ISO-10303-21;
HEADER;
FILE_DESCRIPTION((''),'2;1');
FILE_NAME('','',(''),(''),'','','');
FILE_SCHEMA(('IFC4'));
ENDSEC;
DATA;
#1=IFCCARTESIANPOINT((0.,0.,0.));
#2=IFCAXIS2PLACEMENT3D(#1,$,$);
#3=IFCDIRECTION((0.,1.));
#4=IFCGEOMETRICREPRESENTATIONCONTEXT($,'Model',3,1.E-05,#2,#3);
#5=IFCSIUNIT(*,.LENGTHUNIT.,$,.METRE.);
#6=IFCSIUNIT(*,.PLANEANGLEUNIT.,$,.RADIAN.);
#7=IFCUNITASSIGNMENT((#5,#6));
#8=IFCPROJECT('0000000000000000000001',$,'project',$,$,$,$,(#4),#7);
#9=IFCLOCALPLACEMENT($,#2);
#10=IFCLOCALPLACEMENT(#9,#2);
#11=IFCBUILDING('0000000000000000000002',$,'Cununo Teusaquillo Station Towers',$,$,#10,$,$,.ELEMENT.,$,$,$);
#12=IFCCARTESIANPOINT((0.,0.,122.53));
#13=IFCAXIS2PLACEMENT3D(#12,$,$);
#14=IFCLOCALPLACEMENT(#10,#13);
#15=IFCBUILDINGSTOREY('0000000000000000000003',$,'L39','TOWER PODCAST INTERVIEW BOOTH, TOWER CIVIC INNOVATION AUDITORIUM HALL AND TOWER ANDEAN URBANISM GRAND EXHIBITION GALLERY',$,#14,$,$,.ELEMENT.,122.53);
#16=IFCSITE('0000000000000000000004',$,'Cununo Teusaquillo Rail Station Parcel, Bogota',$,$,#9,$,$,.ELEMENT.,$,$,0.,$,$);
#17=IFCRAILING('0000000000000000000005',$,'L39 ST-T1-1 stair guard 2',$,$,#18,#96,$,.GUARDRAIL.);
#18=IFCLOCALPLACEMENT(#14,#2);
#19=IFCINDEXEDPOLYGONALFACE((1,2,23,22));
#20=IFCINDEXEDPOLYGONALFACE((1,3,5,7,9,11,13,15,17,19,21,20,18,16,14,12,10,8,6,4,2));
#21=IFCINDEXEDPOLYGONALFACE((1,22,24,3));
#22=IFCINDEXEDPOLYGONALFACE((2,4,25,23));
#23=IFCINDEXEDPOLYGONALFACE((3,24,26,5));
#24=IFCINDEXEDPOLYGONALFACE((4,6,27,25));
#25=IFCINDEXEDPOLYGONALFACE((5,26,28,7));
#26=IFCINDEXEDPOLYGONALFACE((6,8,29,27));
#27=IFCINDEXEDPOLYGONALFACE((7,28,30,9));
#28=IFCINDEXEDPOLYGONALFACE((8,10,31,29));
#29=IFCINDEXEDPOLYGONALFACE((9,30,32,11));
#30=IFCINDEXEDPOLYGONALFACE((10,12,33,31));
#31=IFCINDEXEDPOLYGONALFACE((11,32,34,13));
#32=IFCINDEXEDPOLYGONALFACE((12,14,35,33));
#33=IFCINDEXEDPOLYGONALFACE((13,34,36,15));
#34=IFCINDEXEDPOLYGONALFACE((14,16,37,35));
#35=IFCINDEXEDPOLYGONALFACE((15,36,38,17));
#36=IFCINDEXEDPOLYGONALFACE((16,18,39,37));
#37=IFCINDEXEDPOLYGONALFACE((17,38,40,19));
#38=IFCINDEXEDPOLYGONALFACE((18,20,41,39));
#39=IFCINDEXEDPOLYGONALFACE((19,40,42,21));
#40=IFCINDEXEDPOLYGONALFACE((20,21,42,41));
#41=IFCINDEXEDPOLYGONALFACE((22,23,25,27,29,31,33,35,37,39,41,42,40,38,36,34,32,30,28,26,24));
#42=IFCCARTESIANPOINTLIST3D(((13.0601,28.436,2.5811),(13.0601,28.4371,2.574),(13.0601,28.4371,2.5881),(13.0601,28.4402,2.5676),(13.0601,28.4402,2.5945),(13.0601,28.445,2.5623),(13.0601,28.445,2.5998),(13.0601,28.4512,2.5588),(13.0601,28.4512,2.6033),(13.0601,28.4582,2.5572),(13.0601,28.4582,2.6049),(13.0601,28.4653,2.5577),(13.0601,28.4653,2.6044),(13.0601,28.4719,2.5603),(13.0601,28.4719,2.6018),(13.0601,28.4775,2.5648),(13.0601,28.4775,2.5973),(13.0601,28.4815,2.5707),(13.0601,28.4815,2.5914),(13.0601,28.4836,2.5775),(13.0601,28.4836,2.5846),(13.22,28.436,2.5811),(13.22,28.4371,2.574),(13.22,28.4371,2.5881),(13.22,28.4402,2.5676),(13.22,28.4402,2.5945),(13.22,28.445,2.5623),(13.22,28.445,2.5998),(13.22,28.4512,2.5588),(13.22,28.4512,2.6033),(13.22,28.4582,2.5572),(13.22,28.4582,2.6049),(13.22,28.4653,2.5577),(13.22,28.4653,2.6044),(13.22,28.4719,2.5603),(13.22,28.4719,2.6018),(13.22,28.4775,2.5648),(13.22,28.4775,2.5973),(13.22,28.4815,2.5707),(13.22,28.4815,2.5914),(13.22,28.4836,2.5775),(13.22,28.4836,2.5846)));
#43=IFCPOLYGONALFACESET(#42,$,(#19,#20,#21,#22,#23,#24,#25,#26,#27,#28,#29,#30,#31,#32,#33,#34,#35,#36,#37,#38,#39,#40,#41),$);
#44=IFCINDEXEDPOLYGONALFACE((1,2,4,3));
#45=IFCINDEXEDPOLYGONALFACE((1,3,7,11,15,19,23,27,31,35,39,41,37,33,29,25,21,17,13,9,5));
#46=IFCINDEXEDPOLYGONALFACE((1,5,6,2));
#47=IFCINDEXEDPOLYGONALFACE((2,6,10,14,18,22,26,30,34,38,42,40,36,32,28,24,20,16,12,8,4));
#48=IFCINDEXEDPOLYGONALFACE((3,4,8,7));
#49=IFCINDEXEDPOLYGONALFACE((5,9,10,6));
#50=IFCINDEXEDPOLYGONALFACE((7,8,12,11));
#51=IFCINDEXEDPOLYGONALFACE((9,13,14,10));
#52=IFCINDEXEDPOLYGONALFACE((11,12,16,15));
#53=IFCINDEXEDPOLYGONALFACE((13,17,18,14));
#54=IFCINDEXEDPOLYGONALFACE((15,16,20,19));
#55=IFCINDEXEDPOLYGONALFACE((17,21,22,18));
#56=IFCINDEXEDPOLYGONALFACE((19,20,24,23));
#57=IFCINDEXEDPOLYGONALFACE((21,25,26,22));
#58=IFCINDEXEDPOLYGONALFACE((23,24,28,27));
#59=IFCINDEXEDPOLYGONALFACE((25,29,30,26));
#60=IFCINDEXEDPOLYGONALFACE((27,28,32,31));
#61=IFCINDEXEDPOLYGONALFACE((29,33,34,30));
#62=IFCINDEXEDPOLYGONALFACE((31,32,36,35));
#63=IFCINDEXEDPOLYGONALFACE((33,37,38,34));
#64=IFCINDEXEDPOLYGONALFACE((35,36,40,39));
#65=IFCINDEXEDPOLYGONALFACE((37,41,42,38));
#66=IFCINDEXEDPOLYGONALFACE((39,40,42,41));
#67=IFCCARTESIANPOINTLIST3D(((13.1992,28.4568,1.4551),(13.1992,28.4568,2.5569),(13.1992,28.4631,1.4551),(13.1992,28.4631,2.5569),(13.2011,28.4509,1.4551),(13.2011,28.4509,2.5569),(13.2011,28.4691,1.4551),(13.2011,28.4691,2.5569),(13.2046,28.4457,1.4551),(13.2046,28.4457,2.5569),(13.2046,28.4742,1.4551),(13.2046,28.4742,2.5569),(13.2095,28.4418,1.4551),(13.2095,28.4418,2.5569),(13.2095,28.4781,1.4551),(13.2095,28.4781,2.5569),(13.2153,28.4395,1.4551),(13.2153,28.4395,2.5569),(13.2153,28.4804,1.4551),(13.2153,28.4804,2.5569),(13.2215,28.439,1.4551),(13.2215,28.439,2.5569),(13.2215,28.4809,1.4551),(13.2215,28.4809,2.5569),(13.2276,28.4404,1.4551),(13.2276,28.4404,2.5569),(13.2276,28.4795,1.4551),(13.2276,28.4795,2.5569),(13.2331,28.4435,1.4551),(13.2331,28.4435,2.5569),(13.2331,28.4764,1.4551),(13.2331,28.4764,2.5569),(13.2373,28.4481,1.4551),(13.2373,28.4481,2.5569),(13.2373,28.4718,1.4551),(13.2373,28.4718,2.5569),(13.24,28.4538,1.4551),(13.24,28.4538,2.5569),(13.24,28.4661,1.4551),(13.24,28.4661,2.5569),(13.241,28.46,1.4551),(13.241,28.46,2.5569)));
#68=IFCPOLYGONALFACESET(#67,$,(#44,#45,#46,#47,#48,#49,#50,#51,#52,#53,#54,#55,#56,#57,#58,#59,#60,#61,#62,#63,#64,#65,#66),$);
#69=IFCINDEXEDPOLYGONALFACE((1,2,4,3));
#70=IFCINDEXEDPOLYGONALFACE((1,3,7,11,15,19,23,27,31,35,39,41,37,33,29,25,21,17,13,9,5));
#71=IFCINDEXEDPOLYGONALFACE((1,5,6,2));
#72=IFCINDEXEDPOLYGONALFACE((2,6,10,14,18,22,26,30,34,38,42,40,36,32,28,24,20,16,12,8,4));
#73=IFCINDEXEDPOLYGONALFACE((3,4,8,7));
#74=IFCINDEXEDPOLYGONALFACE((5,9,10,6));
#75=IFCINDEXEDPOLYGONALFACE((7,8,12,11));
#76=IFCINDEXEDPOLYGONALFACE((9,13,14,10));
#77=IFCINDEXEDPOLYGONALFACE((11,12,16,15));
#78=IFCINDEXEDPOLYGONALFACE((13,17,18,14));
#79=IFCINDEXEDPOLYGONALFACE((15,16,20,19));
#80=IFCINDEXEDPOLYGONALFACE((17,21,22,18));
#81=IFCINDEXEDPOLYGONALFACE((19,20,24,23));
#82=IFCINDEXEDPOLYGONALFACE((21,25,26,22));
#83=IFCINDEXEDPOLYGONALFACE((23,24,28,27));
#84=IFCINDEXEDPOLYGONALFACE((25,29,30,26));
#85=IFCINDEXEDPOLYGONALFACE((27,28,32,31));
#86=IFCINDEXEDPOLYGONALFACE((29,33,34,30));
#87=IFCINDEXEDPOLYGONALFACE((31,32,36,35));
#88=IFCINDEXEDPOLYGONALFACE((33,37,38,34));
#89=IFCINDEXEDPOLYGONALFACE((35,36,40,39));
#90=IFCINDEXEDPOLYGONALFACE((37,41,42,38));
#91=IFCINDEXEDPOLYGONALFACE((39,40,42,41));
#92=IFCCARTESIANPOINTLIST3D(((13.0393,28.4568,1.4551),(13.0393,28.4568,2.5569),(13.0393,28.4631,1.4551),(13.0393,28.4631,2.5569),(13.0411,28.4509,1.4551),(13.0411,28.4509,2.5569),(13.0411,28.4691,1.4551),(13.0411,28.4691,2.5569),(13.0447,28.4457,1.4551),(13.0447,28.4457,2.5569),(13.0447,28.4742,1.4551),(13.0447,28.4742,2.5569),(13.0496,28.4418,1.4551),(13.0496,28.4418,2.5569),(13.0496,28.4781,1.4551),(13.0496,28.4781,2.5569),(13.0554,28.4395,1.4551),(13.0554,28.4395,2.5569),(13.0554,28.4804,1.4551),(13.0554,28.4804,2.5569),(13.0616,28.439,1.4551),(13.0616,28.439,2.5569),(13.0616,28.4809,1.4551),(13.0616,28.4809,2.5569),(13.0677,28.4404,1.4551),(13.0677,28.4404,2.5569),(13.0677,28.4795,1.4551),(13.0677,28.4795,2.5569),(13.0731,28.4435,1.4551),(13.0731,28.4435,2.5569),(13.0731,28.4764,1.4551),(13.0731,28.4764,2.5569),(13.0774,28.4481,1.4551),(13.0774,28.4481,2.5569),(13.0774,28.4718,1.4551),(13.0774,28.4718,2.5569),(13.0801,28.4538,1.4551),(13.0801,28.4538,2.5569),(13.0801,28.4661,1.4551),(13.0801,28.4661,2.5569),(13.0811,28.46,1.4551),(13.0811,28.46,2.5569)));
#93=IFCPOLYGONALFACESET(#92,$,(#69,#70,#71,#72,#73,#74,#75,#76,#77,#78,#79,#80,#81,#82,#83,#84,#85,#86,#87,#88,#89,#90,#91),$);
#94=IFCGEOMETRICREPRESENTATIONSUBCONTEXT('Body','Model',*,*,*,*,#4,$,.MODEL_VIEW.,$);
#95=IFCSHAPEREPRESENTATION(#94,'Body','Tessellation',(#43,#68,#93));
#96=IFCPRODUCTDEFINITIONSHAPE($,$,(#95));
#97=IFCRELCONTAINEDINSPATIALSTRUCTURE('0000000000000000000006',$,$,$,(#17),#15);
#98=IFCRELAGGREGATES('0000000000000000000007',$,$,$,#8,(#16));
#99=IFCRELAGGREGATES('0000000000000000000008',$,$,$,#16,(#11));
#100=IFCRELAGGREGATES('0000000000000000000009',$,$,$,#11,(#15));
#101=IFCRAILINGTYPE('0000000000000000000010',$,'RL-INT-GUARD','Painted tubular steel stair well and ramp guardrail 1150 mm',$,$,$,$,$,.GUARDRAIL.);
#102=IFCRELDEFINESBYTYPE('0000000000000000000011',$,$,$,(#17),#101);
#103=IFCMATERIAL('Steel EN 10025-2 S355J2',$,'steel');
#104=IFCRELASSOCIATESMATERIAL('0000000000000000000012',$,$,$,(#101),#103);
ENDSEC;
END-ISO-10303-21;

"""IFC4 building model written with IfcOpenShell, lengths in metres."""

from ifc_helpers import new_model, si_unit, direction, frame, origin, origin_2d, place, context, subcontext, project, spatial, circle, extrude, material, type_object, element, save


model = new_model("IFC4")

# Units and contexts
model_context = context("Model", 3, precision=1e-05, world=origin(), true_north=direction((0.0, 1.0)))
body_context = subcontext(model_context, "Body", "Model", "MODEL_VIEW")
ifc_project = project(units=[si_unit("LENGTHUNIT", "METRE"), si_unit("PLANEANGLEUNIT", "RADIAN")], contexts=[model_context])

# Site, building, storey
site_placement = place(None, origin())
site = spatial("IfcSite", under=ifc_project, at=site_placement, Name="Cununo Teusaquillo Rail Station Parcel, Bogota", CompositionType="ELEMENT", RefElevation=0.0)
building_placement = place(site_placement, origin())
building = spatial("IfcBuilding", under=site, at=building_placement, Name="Cununo Teusaquillo Station Towers", CompositionType="ELEMENT")
storey_placement = place(building_placement, frame((0.0, 0.0, 122.53)))
storey = spatial("IfcBuildingStorey", under=building, at=storey_placement, Name="L39", Description="TOWER PODCAST INTERVIEW BOOTH, TOWER CIVIC INNOVATION AUDITORIUM HALL AND TOWER ANDEAN URBANISM GRAND EXHIBITION GALLERY", CompositionType="ELEMENT", Elevation=122.53)

# Railing
ifc_material_1 = material(Name="Steel EN 10025-2 S355J2", Category="steel")
railing_type_1 = type_object("IfcRailingType", Name="RL-INT-GUARD", Description="Painted tubular steel stair well and ramp guardrail 1150 mm", PredefinedType="GUARDRAIL", material=ifc_material_1)
railing_1_placement = place(storey_placement, frame((13.22, 28.46, 1.4551)))
element("IfcRailing", 1, at=railing_1_placement, inside=storey, type_object=railing_type_1, Name="L39 ST-T1-1 stair guard 2", PredefinedType="GUARDRAIL", context=body_context, shape_type="SweptSolid", body=[
    extrude(circle(Radius=0.0239, at=origin_2d()), frame((0.0, 0.0, 1.126), z_axis=(-1.0, 0.0, 0.0), x_axis=(0.0, -1.0, 0.0)), (0.0, 0.0, 1.0), 0.1599),
    extrude(circle(Radius=0.021, at=origin_2d()), origin(), (0.0, 0.0, 1.0), 1.1018),
    extrude(circle(Radius=0.021, at=origin_2d()), frame((-0.1599, 0.0, 0.0)), (0.0, 0.0, 1.0), 1.1018),
])

save(model, "model.ifc")
